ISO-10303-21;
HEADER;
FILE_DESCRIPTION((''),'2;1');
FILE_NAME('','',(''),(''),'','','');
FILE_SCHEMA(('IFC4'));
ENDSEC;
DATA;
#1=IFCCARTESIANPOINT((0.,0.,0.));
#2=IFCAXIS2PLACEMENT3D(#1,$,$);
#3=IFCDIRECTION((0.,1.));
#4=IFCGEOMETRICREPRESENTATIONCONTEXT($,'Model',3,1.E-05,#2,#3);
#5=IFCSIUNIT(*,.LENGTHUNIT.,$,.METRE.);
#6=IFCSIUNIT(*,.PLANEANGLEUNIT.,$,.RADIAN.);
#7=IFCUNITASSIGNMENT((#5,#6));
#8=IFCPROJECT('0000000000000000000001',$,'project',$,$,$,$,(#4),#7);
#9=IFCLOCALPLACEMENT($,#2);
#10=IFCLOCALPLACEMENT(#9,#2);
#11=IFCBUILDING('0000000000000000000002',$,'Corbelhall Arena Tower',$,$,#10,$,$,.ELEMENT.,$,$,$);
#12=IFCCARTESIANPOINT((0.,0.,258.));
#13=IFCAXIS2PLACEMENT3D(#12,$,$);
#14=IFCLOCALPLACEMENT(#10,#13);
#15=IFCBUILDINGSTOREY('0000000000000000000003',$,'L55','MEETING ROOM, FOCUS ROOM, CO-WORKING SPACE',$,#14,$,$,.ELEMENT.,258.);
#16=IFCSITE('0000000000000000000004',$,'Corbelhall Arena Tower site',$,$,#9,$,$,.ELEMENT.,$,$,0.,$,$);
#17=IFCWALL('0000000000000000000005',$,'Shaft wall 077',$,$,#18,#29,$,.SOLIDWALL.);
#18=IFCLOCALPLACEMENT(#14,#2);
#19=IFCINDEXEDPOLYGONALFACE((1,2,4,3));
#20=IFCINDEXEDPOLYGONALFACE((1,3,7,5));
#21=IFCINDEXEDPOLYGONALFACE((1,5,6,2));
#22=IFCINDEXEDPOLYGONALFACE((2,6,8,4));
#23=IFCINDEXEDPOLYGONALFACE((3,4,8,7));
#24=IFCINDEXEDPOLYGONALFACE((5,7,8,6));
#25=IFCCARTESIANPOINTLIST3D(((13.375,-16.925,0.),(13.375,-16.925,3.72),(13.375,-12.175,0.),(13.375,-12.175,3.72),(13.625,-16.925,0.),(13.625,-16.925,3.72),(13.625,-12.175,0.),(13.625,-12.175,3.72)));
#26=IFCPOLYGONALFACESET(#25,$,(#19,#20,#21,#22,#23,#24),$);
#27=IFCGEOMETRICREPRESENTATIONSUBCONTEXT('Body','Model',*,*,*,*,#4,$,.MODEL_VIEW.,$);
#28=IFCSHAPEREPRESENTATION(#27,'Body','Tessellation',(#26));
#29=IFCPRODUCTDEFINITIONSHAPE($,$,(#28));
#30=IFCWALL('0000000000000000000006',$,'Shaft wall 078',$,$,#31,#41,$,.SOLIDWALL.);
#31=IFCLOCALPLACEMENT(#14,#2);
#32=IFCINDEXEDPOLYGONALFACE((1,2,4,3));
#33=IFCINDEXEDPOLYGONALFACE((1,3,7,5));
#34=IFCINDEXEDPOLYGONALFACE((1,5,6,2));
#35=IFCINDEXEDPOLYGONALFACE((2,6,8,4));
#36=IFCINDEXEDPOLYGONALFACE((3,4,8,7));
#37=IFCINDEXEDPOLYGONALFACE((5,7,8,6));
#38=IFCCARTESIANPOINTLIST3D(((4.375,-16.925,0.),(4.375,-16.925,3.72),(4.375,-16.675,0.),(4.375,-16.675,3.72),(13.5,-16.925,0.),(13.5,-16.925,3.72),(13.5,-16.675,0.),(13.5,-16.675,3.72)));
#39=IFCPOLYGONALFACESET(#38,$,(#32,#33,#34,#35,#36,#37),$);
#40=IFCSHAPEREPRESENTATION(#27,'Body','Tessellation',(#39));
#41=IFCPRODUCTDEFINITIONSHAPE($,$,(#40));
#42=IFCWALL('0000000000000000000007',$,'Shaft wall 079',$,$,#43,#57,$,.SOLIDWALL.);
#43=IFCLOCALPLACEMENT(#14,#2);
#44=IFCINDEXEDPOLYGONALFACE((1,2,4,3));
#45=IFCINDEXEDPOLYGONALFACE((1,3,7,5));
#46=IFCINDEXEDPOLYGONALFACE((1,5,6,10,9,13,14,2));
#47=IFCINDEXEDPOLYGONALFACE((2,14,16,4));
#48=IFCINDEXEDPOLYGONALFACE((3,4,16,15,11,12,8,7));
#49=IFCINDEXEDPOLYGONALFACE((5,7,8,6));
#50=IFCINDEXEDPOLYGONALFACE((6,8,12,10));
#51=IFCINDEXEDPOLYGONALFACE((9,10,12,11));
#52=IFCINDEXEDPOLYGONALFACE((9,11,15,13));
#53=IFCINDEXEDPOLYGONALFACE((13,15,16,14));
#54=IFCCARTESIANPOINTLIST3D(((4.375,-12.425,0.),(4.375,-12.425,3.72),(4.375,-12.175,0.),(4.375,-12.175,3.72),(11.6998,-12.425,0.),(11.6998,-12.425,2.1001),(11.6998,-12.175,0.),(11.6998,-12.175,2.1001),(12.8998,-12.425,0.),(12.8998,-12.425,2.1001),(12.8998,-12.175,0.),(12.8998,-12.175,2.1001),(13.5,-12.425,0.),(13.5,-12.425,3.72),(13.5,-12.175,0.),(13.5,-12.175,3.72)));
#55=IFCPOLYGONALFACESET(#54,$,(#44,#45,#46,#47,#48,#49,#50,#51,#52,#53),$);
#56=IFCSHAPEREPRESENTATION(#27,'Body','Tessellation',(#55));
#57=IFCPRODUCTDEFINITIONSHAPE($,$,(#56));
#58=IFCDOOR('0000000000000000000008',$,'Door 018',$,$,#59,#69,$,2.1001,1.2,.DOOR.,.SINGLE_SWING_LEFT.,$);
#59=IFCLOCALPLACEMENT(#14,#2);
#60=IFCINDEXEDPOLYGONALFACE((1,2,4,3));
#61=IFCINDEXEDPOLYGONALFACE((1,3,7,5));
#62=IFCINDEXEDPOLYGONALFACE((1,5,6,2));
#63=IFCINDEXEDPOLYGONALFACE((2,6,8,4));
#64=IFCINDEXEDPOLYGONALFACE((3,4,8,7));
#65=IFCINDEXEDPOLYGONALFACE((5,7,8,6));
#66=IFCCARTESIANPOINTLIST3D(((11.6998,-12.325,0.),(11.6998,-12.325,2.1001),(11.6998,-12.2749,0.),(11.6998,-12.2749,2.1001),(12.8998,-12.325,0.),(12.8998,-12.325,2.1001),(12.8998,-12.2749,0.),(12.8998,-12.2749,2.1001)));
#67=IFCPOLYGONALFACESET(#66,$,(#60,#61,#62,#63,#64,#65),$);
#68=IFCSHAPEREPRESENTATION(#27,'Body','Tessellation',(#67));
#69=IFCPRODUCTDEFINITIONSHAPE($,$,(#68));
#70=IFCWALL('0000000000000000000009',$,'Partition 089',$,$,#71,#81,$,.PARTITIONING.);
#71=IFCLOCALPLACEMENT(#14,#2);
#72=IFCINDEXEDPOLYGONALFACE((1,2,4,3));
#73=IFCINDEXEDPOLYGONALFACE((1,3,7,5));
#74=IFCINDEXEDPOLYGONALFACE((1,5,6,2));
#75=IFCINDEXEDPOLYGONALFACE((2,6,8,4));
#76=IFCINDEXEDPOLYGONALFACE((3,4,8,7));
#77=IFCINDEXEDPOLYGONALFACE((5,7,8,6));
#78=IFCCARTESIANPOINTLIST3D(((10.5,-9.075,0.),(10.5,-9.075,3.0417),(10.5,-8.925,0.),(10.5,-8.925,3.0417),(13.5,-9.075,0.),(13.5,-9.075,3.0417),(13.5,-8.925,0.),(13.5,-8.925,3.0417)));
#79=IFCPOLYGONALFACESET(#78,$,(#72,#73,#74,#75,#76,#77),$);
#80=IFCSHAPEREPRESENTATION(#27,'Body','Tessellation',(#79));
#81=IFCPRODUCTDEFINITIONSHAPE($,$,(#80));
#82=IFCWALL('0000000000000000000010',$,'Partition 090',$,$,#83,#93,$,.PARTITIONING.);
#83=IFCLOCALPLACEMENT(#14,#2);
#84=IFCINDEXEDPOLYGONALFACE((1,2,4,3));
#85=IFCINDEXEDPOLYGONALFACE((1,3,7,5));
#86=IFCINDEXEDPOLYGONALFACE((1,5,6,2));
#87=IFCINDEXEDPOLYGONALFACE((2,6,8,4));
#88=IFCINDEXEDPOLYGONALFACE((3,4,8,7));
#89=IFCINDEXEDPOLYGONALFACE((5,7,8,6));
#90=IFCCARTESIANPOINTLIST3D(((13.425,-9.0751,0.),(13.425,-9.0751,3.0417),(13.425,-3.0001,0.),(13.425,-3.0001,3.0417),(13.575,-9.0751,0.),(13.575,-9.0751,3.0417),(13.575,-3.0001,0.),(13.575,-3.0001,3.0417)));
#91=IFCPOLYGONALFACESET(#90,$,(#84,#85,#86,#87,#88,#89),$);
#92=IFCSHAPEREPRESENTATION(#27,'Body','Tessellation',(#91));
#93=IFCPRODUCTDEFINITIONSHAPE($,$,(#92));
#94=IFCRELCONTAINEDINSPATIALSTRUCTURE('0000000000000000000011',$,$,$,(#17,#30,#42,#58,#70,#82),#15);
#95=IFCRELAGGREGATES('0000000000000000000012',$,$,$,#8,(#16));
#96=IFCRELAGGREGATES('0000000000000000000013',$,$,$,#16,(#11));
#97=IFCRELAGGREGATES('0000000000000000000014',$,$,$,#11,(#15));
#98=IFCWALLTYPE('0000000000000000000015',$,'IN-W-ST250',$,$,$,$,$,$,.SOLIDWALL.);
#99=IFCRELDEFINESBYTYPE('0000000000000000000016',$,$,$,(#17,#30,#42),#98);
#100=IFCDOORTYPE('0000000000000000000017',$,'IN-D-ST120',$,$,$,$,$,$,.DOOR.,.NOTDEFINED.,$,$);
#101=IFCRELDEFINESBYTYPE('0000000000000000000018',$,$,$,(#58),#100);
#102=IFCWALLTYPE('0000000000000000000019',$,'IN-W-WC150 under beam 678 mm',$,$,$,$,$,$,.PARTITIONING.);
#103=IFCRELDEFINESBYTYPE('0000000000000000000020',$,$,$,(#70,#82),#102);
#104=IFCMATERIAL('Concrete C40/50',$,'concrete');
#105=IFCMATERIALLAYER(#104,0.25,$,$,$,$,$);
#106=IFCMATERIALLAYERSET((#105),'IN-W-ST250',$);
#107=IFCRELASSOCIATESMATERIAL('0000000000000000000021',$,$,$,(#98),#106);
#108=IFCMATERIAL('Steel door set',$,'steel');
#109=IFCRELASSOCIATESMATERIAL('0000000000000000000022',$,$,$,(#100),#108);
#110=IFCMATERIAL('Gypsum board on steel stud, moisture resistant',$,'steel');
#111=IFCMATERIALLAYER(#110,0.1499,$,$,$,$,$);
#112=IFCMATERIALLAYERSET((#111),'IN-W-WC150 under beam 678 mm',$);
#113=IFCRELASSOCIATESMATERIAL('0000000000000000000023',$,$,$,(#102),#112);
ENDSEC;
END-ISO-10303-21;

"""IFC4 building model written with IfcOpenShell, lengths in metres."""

from ifc_helpers import new_model, si_unit, direction, frame, frame_2d, origin, place, context, subcontext, project, spatial, rectangle, extrude, material, layer, layer_set, type_object, element, fill, save


model = new_model("IFC4")

# Units and contexts
model_context = context("Model", 3, precision=1e-05, world=origin(), true_north=direction((0.0, 1.0)))
body_context = subcontext(model_context, "Body", "Model", "MODEL_VIEW")
ifc_project = project(units=[si_unit("LENGTHUNIT", "METRE"), si_unit("PLANEANGLEUNIT", "RADIAN")], contexts=[model_context])

# Site, building, storey
site_placement = place(None, origin())
site = spatial("IfcSite", under=ifc_project, at=site_placement, Name="Corbelhall Arena Tower site", CompositionType="ELEMENT", RefElevation=0.0)
building_placement = place(site_placement, origin())
building = spatial("IfcBuilding", under=site, at=building_placement, Name="Corbelhall Arena Tower", CompositionType="ELEMENT")
storey_placement = place(building_placement, frame((0.0, 0.0, 258.0)))
storey = spatial("IfcBuildingStorey", under=building, at=storey_placement, Name="L55", Description="MEETING ROOM, FOCUS ROOM, CO-WORKING SPACE", CompositionType="ELEMENT", Elevation=258.0)

# Shared definitions
ifc_material_1 = material(Name="Steel door set", Category="steel")

# Walls
ifc_material_2 = material(Name="Concrete C40/50", Category="concrete")
ifc_layer_1 = layer(ifc_material_2, 0.25)
ifc_layer_set_1 = layer_set([ifc_layer_1], Name="IN-W-ST250")
wall_type_1 = type_object("IfcWallType", Name="IN-W-ST250", PredefinedType="SOLIDWALL", material=ifc_layer_set_1)
wall_1_placement = place(storey_placement, frame((13.5, -16.925, 0.0), z_axis=(0.0, 0.0, 1.0), x_axis=(0.0, 1.0, 0.0)))
element("IfcWall", 1, at=wall_1_placement, inside=storey, type_object=wall_type_1, Name="Shaft wall 077", PredefinedType="SOLIDWALL", context=body_context, shape_type="SweptSolid", body=[
    extrude(rectangle(XDim=4.75, YDim=0.25, at=frame_2d((2.375, 0.0))), origin(), (0.0, 0.0, 1.0), 3.72),
])
wall_2_placement = place(storey_placement, frame((13.5, -16.8, 0.0), z_axis=(0.0, 0.0, 1.0), x_axis=(-1.0, 0.0, 0.0)))
element("IfcWall", 2, at=wall_2_placement, inside=storey, type_object=wall_type_1, Name="Shaft wall 078", PredefinedType="SOLIDWALL", context=body_context, shape_type="SweptSolid", body=[
    extrude(rectangle(XDim=9.125, YDim=0.25, at=frame_2d((4.5625, 0.0))), origin(), (0.0, 0.0, 1.0), 3.72),
])

# Wall, opening, door
wall_3_placement = place(storey_placement, frame((13.5, -12.3, 0.0), z_axis=(0.0, 0.0, 1.0), x_axis=(-1.0, 0.0, 0.0)))
wall_3 = element("IfcWall", 3, at=wall_3_placement, inside=storey, type_object=wall_type_1, Name="Shaft wall 079", PredefinedType="SOLIDWALL", context=body_context, shape_type="SweptSolid", body=[
    extrude(rectangle(XDim=9.125, YDim=0.25, at=frame_2d((4.5625, 0.0))), origin(), (0.0, 0.0, 1.0), 3.72),
])
opening_1_placement = place(wall_3_placement, frame((0.6001, 0.0, 0.0)))
opening_1 = element("IfcOpeningElement", 4, at=opening_1_placement, cuts=wall_3, PredefinedType="OPENING", context=body_context, shape_type="SweptSolid", body=[
    extrude(rectangle(XDim=1.2, YDim=2.1001, at=frame_2d((0.6001, 1.05))), frame((0.0, 0.125, 0.0), z_axis=(0.0, -1.0, 0.0), x_axis=(1.0, 0.0, 0.0)), (0.0, 0.0, 1.0), 0.25),
])
door_type_1 = type_object("IfcDoorType", Name="IN-D-ST120", OperationType="NOTDEFINED", PredefinedType="DOOR", material=ifc_material_1)
door_1_placement = place(opening_1_placement, origin())
door_1 = element("IfcDoor", 5, at=door_1_placement, inside=storey, type_object=door_type_1, Name="Door 018", OperationType="SINGLE_SWING_LEFT", OverallHeight=2.1001, OverallWidth=1.2, PredefinedType="DOOR", context=body_context, shape_type="SweptSolid", body=[
    extrude(rectangle(XDim=1.2, YDim=2.1001, at=frame_2d((0.6001, 1.05))), frame((0.0, 0.0249, 0.0), z_axis=(0.0, -1.0, 0.0), x_axis=(1.0, 0.0, 0.0)), (0.0, 0.0, 1.0), 0.05),
])
fill(opening_1, door_1)

# Walls
ifc_material_3 = material(Name="Gypsum board on steel stud, moisture resistant", Category="steel")
ifc_layer_2 = layer(ifc_material_3, 0.1499)
ifc_layer_set_2 = layer_set([ifc_layer_2], Name="IN-W-WC150 under beam 678 mm")
wall_type_2 = type_object("IfcWallType", Name="IN-W-WC150 under beam 678 mm", PredefinedType="PARTITIONING", material=ifc_layer_set_2)
wall_4_placement = place(storey_placement, frame((13.5, -9.0, 0.0), z_axis=(0.0, 0.0, 1.0), x_axis=(-1.0, 0.0, 0.0)))
element("IfcWall", 6, at=wall_4_placement, inside=storey, type_object=wall_type_2, Name="Partition 089", PredefinedType="PARTITIONING", context=body_context, shape_type="SweptSolid", body=[
    extrude(rectangle(XDim=3.0, YDim=0.1499, at=frame_2d((1.5, 0.0))), origin(), (0.0, 0.0, 1.0), 3.0417),
])
wall_5_placement = place(storey_placement, frame((13.5, -3.0, 0.0), z_axis=(0.0, 0.0, 1.0), x_axis=(0.0, -1.0, 0.0)))
element("IfcWall", 7, at=wall_5_placement, inside=storey, type_object=wall_type_2, Name="Partition 090", PredefinedType="PARTITIONING", context=body_context, shape_type="SweptSolid", body=[
    extrude(rectangle(XDim=6.075, YDim=0.1499, at=frame_2d((3.0376, 0.0))), origin(), (0.0, 0.0, 1.0), 3.0417),
])

save(model, "model.ifc")
